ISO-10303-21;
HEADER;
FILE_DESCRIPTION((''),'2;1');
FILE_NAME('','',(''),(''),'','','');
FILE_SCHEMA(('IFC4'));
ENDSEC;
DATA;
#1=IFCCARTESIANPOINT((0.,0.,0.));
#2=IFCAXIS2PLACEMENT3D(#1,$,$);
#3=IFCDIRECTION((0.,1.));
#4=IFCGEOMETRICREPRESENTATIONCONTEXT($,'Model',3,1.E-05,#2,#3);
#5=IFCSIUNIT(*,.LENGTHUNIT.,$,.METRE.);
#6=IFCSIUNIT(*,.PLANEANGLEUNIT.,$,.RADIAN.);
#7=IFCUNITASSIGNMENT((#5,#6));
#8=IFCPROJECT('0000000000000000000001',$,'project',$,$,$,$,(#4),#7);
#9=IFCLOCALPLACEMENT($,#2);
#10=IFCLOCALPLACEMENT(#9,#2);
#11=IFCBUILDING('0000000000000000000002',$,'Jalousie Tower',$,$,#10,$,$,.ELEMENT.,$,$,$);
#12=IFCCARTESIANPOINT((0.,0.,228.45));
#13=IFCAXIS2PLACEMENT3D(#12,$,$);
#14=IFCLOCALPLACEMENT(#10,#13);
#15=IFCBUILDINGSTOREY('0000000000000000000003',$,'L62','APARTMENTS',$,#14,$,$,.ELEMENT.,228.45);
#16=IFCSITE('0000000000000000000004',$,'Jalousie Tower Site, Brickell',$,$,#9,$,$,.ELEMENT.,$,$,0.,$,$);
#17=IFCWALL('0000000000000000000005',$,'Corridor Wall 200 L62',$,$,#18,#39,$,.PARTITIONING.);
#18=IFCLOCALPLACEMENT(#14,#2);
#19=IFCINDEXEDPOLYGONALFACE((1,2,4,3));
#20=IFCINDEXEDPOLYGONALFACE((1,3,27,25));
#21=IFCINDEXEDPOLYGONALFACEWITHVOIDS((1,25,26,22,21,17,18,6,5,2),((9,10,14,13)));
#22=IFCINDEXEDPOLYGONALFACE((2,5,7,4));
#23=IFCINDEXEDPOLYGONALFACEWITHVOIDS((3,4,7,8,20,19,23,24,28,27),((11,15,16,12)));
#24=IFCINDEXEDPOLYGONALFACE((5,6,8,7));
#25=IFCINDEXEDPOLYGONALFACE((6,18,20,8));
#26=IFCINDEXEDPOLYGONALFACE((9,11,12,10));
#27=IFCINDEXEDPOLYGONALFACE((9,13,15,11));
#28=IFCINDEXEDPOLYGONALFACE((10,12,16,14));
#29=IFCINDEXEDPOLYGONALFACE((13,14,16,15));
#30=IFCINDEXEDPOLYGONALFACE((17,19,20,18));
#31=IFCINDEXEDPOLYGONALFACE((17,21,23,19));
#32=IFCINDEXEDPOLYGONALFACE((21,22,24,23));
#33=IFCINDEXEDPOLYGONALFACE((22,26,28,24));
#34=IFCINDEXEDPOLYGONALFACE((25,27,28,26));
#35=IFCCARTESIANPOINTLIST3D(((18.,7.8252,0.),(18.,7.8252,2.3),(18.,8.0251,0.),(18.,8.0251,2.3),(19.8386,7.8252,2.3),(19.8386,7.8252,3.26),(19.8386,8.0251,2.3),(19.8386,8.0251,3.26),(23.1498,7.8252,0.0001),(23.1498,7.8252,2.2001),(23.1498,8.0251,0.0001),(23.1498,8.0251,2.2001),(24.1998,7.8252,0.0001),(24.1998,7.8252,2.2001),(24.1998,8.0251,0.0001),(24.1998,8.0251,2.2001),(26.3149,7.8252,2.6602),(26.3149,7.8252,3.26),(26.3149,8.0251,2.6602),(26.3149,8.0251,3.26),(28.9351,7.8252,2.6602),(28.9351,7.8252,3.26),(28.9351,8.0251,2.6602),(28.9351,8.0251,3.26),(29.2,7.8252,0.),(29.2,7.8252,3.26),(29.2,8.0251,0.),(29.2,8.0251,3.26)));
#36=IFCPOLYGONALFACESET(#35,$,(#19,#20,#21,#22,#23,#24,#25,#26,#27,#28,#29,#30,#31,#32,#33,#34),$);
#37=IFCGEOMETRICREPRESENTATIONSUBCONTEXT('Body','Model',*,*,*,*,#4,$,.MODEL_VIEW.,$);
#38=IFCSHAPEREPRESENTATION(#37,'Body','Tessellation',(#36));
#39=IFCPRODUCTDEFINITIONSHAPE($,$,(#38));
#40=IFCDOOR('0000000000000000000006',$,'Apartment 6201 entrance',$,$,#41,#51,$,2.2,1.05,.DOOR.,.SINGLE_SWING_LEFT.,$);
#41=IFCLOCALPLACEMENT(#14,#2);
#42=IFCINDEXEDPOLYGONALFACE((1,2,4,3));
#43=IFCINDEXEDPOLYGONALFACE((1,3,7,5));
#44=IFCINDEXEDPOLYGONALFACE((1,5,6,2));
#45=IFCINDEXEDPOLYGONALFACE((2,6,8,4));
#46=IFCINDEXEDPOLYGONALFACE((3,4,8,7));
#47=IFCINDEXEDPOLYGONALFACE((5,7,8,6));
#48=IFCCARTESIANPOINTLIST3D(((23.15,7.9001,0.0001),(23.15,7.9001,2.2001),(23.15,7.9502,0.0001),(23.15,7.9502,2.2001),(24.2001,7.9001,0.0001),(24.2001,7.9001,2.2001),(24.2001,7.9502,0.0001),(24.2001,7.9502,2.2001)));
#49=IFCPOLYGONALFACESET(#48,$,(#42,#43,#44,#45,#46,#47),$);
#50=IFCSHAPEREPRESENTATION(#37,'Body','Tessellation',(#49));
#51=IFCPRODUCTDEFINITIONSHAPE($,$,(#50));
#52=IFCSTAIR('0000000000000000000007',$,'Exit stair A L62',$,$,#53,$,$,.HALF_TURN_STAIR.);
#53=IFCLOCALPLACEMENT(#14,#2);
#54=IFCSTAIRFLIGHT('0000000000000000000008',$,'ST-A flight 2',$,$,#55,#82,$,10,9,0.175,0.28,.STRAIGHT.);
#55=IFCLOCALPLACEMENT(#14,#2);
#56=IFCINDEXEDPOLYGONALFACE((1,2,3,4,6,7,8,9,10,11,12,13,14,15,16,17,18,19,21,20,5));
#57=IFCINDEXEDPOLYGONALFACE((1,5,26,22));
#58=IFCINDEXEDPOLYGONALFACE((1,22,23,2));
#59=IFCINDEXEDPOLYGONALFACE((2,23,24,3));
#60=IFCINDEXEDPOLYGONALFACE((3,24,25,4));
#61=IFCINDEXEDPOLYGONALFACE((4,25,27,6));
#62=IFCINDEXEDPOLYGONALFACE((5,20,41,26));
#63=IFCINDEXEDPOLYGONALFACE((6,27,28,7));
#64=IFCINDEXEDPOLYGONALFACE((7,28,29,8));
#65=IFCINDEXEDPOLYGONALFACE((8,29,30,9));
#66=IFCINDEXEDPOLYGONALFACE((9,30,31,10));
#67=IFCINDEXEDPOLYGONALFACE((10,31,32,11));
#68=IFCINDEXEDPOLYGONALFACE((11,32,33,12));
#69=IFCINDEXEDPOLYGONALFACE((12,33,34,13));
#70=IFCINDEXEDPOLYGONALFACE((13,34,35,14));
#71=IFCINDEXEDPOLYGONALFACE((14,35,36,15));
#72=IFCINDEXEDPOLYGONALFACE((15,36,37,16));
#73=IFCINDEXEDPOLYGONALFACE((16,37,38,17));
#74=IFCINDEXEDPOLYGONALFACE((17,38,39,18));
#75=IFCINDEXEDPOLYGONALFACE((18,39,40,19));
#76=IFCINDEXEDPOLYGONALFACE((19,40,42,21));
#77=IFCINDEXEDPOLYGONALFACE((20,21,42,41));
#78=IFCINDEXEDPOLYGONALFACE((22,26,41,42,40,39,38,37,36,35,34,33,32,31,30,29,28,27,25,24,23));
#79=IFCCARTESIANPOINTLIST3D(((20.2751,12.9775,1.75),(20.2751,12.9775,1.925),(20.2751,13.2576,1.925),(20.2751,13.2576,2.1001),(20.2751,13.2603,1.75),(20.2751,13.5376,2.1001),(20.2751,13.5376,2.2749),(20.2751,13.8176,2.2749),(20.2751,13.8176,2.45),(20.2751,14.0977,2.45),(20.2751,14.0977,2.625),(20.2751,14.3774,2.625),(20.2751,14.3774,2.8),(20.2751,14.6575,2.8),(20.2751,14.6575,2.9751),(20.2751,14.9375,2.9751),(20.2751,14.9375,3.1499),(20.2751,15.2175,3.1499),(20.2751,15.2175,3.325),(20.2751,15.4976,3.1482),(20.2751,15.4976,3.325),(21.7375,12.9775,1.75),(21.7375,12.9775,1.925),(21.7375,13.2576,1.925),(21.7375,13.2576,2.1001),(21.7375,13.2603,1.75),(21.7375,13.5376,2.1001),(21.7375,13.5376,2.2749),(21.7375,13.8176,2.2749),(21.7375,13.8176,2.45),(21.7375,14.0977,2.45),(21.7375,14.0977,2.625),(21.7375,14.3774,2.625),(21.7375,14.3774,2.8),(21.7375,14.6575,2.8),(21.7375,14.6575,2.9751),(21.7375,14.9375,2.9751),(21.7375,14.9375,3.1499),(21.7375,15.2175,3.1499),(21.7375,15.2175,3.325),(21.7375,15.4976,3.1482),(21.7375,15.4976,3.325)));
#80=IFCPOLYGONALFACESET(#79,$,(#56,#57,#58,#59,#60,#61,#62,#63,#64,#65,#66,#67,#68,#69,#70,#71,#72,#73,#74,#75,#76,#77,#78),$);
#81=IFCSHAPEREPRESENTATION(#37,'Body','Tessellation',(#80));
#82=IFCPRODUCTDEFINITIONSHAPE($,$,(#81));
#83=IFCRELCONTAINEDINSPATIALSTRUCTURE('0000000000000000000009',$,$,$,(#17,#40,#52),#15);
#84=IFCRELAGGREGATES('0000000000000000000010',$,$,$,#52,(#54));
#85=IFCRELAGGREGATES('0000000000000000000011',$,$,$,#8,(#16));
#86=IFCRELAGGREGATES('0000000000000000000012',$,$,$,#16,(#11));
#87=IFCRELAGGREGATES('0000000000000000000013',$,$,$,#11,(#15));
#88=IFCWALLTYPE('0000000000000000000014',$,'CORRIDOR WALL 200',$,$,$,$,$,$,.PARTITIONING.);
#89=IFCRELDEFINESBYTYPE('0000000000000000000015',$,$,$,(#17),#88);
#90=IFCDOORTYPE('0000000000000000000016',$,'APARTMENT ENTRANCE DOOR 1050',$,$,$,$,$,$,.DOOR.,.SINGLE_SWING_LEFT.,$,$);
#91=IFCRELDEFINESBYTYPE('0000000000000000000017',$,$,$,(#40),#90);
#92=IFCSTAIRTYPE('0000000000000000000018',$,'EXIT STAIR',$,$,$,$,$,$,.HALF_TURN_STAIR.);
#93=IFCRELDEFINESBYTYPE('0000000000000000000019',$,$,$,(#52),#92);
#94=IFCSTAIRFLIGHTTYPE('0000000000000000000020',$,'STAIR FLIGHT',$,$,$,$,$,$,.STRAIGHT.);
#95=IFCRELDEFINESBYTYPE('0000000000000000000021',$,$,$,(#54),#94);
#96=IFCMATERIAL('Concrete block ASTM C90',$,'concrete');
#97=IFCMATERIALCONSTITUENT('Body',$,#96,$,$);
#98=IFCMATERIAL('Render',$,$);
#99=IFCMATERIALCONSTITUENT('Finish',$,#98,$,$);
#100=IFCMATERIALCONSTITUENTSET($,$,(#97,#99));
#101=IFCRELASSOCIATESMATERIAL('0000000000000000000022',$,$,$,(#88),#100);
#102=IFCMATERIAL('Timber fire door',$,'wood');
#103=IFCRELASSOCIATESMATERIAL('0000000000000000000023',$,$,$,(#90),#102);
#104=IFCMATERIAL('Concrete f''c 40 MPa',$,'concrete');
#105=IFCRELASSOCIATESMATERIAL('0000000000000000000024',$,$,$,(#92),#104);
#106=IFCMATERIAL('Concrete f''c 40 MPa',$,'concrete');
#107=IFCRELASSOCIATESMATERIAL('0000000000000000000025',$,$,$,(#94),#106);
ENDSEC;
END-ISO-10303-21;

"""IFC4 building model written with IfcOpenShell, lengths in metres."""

from ifc_helpers import new_model, si_unit, direction, frame, frame_2d, origin, place, context, subcontext, project, spatial, polyline, rectangle, outline, extrude, material, constituent, constituent_set, type_object, element, fill, aggregate, save


model = new_model("IFC4")

# Units and contexts
model_context = context("Model", 3, precision=1e-05, world=origin(), true_north=direction((0.0, 1.0)))
body_context = subcontext(model_context, "Body", "Model", "MODEL_VIEW")
ifc_project = project(units=[si_unit("LENGTHUNIT", "METRE"), si_unit("PLANEANGLEUNIT", "RADIAN")], contexts=[model_context])

# Site, building, storey
site_placement = place(None, origin())
site = spatial("IfcSite", under=ifc_project, at=site_placement, Name="Jalousie Tower Site, Brickell", CompositionType="ELEMENT", RefElevation=0.0)
building_placement = place(site_placement, origin())
building = spatial("IfcBuilding", under=site, at=building_placement, Name="Jalousie Tower", CompositionType="ELEMENT")
storey_placement = place(building_placement, frame((0.0, 0.0, 228.45)))
storey = spatial("IfcBuildingStorey", under=building, at=storey_placement, Name="L62", Description="APARTMENTS", CompositionType="ELEMENT", Elevation=228.45)

# Wall, opening, door
ifc_material_1 = material(Name="Concrete block ASTM C90", Category="concrete")
ifc_constituent_1 = constituent(ifc_material_1, Name="Body")
ifc_material_2 = material(Name="Render")
ifc_constituent_2 = constituent(ifc_material_2, Name="Finish")
ifc_constituent_set_1 = constituent_set(constituents=[ifc_constituent_1, ifc_constituent_2])
wall_type_1 = type_object("IfcWallType", Name="CORRIDOR WALL 200", PredefinedType="PARTITIONING", material=ifc_constituent_set_1)
wall_1_placement = place(storey_placement, frame((18.0, 7.925, 0.0), z_axis=(0.0, 0.0, 1.0), x_axis=(1.0, 0.0, 0.0)))
wall_1 = element("IfcWall", 1, at=wall_1_placement, inside=storey, type_object=wall_type_1, Name="Corridor Wall 200 L62", PredefinedType="PARTITIONING", context=body_context, shape_type="SweptSolid", body=[
    extrude(outline(polyline([(0.0, 0.0), (11.2, 0.0), (11.2, 3.26), (10.9351, 3.26), (10.9351, 2.6602), (8.3149, 2.6602), (8.3149, 3.26), (1.8386, 3.26), (1.8386, 2.3), (0.0, 2.3), (0.0, 3.26), (0.0, 0.0)])), frame((0.0, 0.1001, 0.0), z_axis=(0.0, -1.0, 0.0), x_axis=(1.0, 0.0, 0.0)), (0.0, 0.0, 1.0), 0.2),
])
opening_1_placement = place(wall_1_placement, frame((5.1499, 0.0, 0.0)))
opening_1 = element("IfcOpeningElement", 2, at=opening_1_placement, cuts=wall_1, PredefinedType="OPENING", context=body_context, shape_type="SweptSolid", body=[
    extrude(rectangle(XDim=1.05, YDim=2.2, at=frame_2d((0.5249, 1.1001))), frame((0.0, 0.1099, 0.0), z_axis=(0.0, -1.0, 0.0), x_axis=(1.0, 0.0, 0.0)), (0.0, 0.0, 1.0), 0.22),
])
ifc_material_3 = material(Name="Timber fire door", Category="wood")
door_type_1 = type_object("IfcDoorType", Name="APARTMENT ENTRANCE DOOR 1050", OperationType="SINGLE_SWING_LEFT", PredefinedType="DOOR", material=ifc_material_3)
door_1_placement = place(opening_1_placement, frame((1.05, 0.0, 0.0), z_axis=(0.0, 0.0, 1.0), x_axis=(-1.0, 0.0, 0.0)))
door_1 = element("IfcDoor", 3, at=door_1_placement, inside=storey, type_object=door_type_1, Name="Apartment 6201 entrance", OperationType="SINGLE_SWING_LEFT", OverallHeight=2.2, OverallWidth=1.05, PredefinedType="DOOR", context=body_context, shape_type="SweptSolid", body=[
    extrude(rectangle(XDim=1.05, YDim=2.2, at=frame_2d((0.5249, 1.1001))), frame((0.0, 0.0249, 0.0), z_axis=(0.0, -1.0, 0.0), x_axis=(1.0, 0.0, 0.0)), (0.0, 0.0, 1.0), 0.05),
])
fill(opening_1, door_1)

# Stair, stair flight
ifc_material_4 = material(Name="Concrete f'c 40 MPa", Category="concrete")
stair_type = type_object("IfcStairType", Name="EXIT STAIR", PredefinedType="HALF_TURN_STAIR", material=ifc_material_4)
stair_placement = place(storey_placement, origin())
stair = element("IfcStair", 4, at=stair_placement, inside=storey, type_object=stair_type, Name="Exit stair A L62", PredefinedType="HALF_TURN_STAIR")
ifc_material_5 = material(Name="Concrete f'c 40 MPa", Category="concrete")
stair_flight_type = type_object("IfcStairFlightType", Name="STAIR FLIGHT", PredefinedType="STRAIGHT", material=ifc_material_5)
stair_flight_placement = place(storey_placement, frame((21.0063, 12.9775, 1.75), z_axis=(0.0, 0.0, 1.0), x_axis=(0.0, 1.0, 0.0)))
stair_flight = element("IfcStairFlight", 5, at=stair_flight_placement, type_object=stair_flight_type, Name="ST-A flight 2", NumberOfRisers=10, NumberOfTreads=9, PredefinedType="STRAIGHT", RiserHeight=0.175, TreadLength=0.28, context=body_context, shape_type="SweptSolid", body=[
    extrude(outline(polyline([(0.0, 0.0), (0.0, 0.175), (0.28, 0.175), (0.28, 0.3501), (0.5601, 0.3501), (0.5601, 0.5249), (0.8401, 0.5249), (0.8401, 0.7), (1.1201, 0.7), (1.1201, 0.875), (1.3999, 0.875), (1.3999, 1.05), (1.6799, 1.05), (1.6799, 1.2251), (1.96, 1.2251), (1.96, 1.3999), (2.24, 1.3999), (2.24, 1.575), (2.52, 1.575), (2.52, 1.75), (2.52, 1.3982), (0.2827, 0.0), (0.0, 0.0)])), frame((0.0, 0.7312, 0.0), z_axis=(0.0, -1.0, 0.0), x_axis=(1.0, 0.0, 0.0)), (0.0, 0.0, 1.0), 1.4624),
])
aggregate(stair, [stair_flight])

save(model, "model.ifc")
